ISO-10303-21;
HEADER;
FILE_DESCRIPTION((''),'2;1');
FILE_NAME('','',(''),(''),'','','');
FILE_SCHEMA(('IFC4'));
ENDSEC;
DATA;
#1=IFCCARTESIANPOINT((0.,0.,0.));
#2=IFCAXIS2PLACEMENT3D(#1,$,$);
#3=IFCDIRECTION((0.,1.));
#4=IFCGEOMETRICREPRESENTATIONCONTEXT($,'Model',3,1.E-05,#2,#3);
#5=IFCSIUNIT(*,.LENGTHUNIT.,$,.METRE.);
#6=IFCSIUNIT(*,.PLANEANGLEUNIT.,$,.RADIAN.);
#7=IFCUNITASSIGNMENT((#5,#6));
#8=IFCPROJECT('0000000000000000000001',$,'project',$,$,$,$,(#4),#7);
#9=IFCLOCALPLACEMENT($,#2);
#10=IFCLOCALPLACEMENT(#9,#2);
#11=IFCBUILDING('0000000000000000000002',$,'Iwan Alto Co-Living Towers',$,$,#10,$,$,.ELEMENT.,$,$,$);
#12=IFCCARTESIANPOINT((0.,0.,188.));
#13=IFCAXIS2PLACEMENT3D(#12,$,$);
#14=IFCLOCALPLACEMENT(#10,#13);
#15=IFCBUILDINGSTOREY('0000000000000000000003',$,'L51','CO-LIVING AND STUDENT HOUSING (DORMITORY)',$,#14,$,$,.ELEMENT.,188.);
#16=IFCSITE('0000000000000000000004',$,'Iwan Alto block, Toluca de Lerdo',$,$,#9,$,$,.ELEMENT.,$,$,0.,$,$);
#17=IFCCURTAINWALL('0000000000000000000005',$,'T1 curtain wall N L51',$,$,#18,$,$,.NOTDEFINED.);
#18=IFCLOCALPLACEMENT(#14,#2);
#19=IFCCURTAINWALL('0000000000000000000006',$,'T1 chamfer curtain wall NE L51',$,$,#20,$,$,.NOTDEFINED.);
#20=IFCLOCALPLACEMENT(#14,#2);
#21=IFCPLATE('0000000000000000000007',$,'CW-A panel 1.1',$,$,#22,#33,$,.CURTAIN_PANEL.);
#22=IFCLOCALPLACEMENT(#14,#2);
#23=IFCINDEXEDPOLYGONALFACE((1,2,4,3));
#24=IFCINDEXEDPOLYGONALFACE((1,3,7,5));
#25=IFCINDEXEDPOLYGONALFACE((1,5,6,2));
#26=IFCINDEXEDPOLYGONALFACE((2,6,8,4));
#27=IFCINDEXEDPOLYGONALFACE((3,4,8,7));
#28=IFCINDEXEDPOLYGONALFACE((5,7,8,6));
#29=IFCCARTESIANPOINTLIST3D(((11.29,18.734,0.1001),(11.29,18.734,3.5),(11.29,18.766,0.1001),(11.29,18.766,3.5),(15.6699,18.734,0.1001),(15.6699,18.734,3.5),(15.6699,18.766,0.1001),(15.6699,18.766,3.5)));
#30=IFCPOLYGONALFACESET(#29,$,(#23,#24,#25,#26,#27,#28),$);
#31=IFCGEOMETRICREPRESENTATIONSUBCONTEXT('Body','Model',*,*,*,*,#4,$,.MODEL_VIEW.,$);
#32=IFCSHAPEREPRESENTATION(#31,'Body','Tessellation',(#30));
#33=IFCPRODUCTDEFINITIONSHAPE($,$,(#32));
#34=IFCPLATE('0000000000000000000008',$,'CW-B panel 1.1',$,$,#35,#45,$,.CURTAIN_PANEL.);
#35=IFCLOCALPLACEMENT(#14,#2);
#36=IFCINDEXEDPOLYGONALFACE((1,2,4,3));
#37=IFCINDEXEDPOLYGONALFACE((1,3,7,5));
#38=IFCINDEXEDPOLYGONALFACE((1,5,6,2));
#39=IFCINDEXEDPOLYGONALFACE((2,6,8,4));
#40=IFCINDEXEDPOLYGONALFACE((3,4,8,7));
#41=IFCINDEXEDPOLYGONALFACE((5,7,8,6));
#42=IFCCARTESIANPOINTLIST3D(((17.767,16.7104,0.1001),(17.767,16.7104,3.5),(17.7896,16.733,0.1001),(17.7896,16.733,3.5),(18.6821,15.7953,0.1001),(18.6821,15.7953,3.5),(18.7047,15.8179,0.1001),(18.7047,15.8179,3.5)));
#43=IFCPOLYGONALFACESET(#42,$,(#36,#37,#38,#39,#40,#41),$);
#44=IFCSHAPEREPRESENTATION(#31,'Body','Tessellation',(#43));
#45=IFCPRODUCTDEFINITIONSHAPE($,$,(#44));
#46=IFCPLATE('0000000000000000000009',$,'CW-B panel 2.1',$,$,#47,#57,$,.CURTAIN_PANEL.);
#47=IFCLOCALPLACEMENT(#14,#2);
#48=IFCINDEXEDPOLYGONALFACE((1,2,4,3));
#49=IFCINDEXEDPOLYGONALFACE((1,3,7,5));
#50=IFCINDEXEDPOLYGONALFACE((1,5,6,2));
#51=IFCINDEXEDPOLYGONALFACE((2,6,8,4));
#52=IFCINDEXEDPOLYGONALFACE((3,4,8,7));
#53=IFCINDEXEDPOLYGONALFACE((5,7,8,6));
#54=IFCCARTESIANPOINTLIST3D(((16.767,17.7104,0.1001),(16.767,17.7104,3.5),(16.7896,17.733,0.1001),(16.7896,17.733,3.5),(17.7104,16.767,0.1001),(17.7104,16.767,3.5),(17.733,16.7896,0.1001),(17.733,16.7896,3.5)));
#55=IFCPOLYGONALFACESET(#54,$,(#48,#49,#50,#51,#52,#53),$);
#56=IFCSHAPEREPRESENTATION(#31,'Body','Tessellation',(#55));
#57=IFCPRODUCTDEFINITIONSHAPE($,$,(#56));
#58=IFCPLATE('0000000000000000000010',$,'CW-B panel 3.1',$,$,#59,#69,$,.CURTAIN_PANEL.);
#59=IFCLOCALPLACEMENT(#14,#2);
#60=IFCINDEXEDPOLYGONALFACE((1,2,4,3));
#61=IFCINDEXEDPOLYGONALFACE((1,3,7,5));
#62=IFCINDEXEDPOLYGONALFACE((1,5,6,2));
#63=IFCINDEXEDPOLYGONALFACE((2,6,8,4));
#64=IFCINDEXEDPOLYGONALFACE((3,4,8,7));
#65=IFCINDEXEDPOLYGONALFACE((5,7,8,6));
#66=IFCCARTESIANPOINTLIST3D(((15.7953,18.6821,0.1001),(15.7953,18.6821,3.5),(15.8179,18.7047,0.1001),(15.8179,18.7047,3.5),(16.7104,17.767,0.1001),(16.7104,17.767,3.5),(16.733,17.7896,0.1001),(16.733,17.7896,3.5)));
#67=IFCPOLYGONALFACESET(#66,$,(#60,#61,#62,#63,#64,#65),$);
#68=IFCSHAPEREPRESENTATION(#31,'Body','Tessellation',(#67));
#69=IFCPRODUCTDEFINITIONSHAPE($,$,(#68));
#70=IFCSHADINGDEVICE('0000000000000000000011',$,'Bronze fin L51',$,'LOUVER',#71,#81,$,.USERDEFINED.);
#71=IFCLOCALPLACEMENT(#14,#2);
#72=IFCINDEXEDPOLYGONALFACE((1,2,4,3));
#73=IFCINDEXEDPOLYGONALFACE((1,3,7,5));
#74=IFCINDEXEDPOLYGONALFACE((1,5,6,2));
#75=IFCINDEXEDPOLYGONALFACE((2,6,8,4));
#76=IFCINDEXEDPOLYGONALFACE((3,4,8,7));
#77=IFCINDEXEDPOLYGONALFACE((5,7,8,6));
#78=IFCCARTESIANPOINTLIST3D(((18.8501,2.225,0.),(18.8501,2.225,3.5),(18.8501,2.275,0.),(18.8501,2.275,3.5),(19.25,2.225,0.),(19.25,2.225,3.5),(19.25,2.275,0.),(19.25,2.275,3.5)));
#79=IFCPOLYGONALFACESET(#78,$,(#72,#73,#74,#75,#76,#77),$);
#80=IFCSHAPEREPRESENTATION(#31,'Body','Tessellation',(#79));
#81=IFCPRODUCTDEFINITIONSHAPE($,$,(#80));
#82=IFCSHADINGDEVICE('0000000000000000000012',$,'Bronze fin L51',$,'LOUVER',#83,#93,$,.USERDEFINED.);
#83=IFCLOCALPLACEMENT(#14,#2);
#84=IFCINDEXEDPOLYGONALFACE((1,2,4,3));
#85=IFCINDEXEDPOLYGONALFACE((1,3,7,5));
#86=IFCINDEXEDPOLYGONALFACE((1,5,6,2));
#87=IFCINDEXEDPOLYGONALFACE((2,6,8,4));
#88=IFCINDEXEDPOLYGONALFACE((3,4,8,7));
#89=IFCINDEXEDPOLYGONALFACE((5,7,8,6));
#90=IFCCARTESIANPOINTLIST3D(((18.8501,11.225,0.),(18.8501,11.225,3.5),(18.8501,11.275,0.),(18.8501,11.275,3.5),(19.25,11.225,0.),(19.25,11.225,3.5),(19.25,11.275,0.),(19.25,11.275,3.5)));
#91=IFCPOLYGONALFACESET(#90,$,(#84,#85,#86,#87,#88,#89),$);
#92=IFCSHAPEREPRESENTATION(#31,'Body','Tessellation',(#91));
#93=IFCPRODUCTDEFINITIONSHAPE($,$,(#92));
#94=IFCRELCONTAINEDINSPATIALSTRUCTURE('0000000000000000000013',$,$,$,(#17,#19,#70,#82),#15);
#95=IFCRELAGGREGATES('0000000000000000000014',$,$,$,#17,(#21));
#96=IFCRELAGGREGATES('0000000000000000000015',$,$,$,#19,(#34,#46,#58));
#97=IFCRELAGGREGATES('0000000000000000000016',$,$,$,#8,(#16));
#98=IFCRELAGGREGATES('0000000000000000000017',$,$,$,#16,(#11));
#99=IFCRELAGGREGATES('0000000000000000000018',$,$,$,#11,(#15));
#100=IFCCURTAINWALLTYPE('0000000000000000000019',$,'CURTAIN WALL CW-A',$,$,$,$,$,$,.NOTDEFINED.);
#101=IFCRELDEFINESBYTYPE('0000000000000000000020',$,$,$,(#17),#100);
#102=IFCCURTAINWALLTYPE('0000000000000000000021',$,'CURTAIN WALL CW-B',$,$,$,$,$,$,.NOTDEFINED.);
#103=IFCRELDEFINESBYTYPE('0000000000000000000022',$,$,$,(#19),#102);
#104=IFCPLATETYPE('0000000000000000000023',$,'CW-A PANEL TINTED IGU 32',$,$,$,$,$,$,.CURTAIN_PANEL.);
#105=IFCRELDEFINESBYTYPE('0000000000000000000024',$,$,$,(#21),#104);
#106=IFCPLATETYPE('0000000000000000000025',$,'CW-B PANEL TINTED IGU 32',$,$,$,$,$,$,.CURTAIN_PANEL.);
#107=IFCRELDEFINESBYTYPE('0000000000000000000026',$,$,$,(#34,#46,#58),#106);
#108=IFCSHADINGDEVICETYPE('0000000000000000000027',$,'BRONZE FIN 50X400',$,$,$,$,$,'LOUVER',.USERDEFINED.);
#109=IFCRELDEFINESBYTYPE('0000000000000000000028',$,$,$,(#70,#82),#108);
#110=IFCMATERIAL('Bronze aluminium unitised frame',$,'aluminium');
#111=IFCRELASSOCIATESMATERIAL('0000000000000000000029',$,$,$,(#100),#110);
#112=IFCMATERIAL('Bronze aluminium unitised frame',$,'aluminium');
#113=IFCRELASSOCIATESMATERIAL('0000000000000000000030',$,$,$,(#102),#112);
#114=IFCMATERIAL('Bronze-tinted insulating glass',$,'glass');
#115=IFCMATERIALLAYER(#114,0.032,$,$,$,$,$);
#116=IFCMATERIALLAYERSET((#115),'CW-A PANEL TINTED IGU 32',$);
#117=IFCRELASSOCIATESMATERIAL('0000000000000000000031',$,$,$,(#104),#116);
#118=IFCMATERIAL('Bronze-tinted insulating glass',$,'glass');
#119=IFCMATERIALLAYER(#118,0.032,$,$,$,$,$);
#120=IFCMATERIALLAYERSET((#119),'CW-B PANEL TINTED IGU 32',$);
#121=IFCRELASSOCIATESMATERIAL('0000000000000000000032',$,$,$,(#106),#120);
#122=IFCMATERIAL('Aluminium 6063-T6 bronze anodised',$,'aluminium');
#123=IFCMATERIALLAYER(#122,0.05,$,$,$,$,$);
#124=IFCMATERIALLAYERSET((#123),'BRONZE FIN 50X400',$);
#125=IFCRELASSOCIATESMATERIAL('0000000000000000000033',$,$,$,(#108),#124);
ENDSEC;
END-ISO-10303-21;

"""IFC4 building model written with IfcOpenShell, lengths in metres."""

from ifc_helpers import new_model, si_unit, direction, frame, origin, origin_2d, place, context, subcontext, project, spatial, rectangle, extrude, material, layer, layer_set, type_object, element, aggregate, save


model = new_model("IFC4")

# Units and contexts
model_context = context("Model", 3, precision=1e-05, world=origin(), true_north=direction((0.0, 1.0)))
body_context = subcontext(model_context, "Body", "Model", "MODEL_VIEW")
ifc_project = project(units=[si_unit("LENGTHUNIT", "METRE"), si_unit("PLANEANGLEUNIT", "RADIAN")], contexts=[model_context])

# Site, building, storey
site_placement = place(None, origin())
site = spatial("IfcSite", under=ifc_project, at=site_placement, Name="Iwan Alto block, Toluca de Lerdo", CompositionType="ELEMENT", RefElevation=0.0)
building_placement = place(site_placement, origin())
building = spatial("IfcBuilding", under=site, at=building_placement, Name="Iwan Alto Co-Living Towers", CompositionType="ELEMENT")
storey_placement = place(building_placement, frame((0.0, 0.0, 188.0)))
storey = spatial("IfcBuildingStorey", under=building, at=storey_placement, Name="L51", Description="CO-LIVING AND STUDENT HOUSING (DORMITORY)", CompositionType="ELEMENT", Elevation=188.0)

# Shared definitions
ifc_material_1 = material(Name="Bronze aluminium unitised frame", Category="aluminium")
curtain_wall_type_1 = type_object("IfcCurtainWallType", Name="CURTAIN WALL CW-A", PredefinedType="NOTDEFINED", material=ifc_material_1)

# Curtain wall
curtain_wall_1_placement = place(storey_placement, origin())
curtain_wall_1 = element("IfcCurtainWall", 1, at=curtain_wall_1_placement, inside=storey, type_object=curtain_wall_type_1, Name="T1 curtain wall N L51", PredefinedType="NOTDEFINED")

# Curtain wall
ifc_material_2 = material(Name="Bronze aluminium unitised frame", Category="aluminium")
curtain_wall_type_2 = type_object("IfcCurtainWallType", Name="CURTAIN WALL CW-B", PredefinedType="NOTDEFINED", material=ifc_material_2)
curtain_wall_2_placement = place(storey_placement, origin())
curtain_wall_2 = element("IfcCurtainWall", 2, at=curtain_wall_2_placement, inside=storey, type_object=curtain_wall_type_2, Name="T1 chamfer curtain wall NE L51", PredefinedType="NOTDEFINED")

# Plates
ifc_material_3 = material(Name="Bronze-tinted insulating glass", Category="glass")
ifc_layer_1 = layer(ifc_material_3, 0.032)
ifc_layer_set_1 = layer_set([ifc_layer_1], Name="CW-A PANEL TINTED IGU 32")
plate_type_1 = type_object("IfcPlateType", Name="CW-A PANEL TINTED IGU 32", PredefinedType="CURTAIN_PANEL", material=ifc_layer_set_1)
plate_1_placement = place(storey_placement, frame((13.48, 18.75, 0.1001), z_axis=(0.0, 0.0, 1.0), x_axis=(-1.0, 0.0, 0.0)))
plate_1 = element("IfcPlate", 3, at=plate_1_placement, type_object=plate_type_1, Name="CW-A panel 1.1", PredefinedType="CURTAIN_PANEL", context=body_context, shape_type="SweptSolid", body=[
    extrude(rectangle(XDim=4.3799, YDim=0.032, at=origin_2d()), origin(), (0.0, 0.0, 1.0), 3.3999),
])
aggregate(curtain_wall_1, [plate_1])
ifc_material_4 = material(Name="Bronze-tinted insulating glass", Category="glass")
ifc_layer_2 = layer(ifc_material_4, 0.032)
ifc_layer_set_2 = layer_set([ifc_layer_2], Name="CW-B PANEL TINTED IGU 32")
plate_type_2 = type_object("IfcPlateType", Name="CW-B PANEL TINTED IGU 32", PredefinedType="CURTAIN_PANEL", material=ifc_layer_set_2)
plate_2_placement = place(storey_placement, frame((18.2358, 16.2642, 0.1001), z_axis=(0.0, 0.0, 1.0), x_axis=(-0.707107, 0.707107, 0.0)))
plate_2 = element("IfcPlate", 4, at=plate_2_placement, type_object=plate_type_2, Name="CW-B panel 1.1", PredefinedType="CURTAIN_PANEL", context=body_context, shape_type="SweptSolid", body=[
    extrude(rectangle(XDim=1.2942, YDim=0.032, at=origin_2d()), origin(), (0.0, 0.0, 1.0), 3.3999),
])
plate_3_placement = place(storey_placement, frame((17.25, 17.25, 0.1001), z_axis=(0.0, 0.0, 1.0), x_axis=(-0.707107, 0.707107, 0.0)))
plate_3 = element("IfcPlate", 5, at=plate_3_placement, type_object=plate_type_2, Name="CW-B panel 2.1", PredefinedType="CURTAIN_PANEL", context=body_context, shape_type="SweptSolid", body=[
    extrude(rectangle(XDim=1.3342, YDim=0.032, at=origin_2d()), origin(), (0.0, 0.0, 1.0), 3.3999),
])
plate_4_placement = place(storey_placement, frame((16.2642, 18.2358, 0.1001), z_axis=(0.0, 0.0, 1.0), x_axis=(-0.707107, 0.707107, 0.0)))
plate_4 = element("IfcPlate", 6, at=plate_4_placement, type_object=plate_type_2, Name="CW-B panel 3.1", PredefinedType="CURTAIN_PANEL", context=body_context, shape_type="SweptSolid", body=[
    extrude(rectangle(XDim=1.2942, YDim=0.032, at=origin_2d()), origin(), (0.0, 0.0, 1.0), 3.3999),
])
aggregate(curtain_wall_2, [plate_2, plate_3, plate_4])

# Shading devices
ifc_material_5 = material(Name="Aluminium 6063-T6 bronze anodised", Category="aluminium")
ifc_layer_3 = layer(ifc_material_5, 0.05)
ifc_layer_set_3 = layer_set([ifc_layer_3], Name="BRONZE FIN 50X400")
shading_device_type = type_object("IfcShadingDeviceType", Name="BRONZE FIN 50X400", ElementType="LOUVER", PredefinedType="USERDEFINED", material=ifc_layer_set_3)
for number, where, z_axis, x_axis, name in (
    (7, (19.05, 2.25, 0.0), (0.0, 0.0, 1.0), (0.0, 1.0, 0.0), "Bronze fin L51"),
    (8, (19.05, 11.25, 0.0), (0.0, 0.0, 1.0), (0.0, 1.0, 0.0), "Bronze fin L51"),
):
    element("IfcShadingDevice", number, at=place(storey_placement, frame(where, z_axis=z_axis, x_axis=x_axis)), inside=storey, type_object=shading_device_type, Name=name, ObjectType="LOUVER", PredefinedType="USERDEFINED", context=body_context, shape_type="SweptSolid", body=[
        extrude(rectangle(XDim=0.05, YDim=0.3999, at=origin_2d()), origin(), (0.0, 0.0, 1.0), 3.5),
    ])

save(model, "model.ifc")
